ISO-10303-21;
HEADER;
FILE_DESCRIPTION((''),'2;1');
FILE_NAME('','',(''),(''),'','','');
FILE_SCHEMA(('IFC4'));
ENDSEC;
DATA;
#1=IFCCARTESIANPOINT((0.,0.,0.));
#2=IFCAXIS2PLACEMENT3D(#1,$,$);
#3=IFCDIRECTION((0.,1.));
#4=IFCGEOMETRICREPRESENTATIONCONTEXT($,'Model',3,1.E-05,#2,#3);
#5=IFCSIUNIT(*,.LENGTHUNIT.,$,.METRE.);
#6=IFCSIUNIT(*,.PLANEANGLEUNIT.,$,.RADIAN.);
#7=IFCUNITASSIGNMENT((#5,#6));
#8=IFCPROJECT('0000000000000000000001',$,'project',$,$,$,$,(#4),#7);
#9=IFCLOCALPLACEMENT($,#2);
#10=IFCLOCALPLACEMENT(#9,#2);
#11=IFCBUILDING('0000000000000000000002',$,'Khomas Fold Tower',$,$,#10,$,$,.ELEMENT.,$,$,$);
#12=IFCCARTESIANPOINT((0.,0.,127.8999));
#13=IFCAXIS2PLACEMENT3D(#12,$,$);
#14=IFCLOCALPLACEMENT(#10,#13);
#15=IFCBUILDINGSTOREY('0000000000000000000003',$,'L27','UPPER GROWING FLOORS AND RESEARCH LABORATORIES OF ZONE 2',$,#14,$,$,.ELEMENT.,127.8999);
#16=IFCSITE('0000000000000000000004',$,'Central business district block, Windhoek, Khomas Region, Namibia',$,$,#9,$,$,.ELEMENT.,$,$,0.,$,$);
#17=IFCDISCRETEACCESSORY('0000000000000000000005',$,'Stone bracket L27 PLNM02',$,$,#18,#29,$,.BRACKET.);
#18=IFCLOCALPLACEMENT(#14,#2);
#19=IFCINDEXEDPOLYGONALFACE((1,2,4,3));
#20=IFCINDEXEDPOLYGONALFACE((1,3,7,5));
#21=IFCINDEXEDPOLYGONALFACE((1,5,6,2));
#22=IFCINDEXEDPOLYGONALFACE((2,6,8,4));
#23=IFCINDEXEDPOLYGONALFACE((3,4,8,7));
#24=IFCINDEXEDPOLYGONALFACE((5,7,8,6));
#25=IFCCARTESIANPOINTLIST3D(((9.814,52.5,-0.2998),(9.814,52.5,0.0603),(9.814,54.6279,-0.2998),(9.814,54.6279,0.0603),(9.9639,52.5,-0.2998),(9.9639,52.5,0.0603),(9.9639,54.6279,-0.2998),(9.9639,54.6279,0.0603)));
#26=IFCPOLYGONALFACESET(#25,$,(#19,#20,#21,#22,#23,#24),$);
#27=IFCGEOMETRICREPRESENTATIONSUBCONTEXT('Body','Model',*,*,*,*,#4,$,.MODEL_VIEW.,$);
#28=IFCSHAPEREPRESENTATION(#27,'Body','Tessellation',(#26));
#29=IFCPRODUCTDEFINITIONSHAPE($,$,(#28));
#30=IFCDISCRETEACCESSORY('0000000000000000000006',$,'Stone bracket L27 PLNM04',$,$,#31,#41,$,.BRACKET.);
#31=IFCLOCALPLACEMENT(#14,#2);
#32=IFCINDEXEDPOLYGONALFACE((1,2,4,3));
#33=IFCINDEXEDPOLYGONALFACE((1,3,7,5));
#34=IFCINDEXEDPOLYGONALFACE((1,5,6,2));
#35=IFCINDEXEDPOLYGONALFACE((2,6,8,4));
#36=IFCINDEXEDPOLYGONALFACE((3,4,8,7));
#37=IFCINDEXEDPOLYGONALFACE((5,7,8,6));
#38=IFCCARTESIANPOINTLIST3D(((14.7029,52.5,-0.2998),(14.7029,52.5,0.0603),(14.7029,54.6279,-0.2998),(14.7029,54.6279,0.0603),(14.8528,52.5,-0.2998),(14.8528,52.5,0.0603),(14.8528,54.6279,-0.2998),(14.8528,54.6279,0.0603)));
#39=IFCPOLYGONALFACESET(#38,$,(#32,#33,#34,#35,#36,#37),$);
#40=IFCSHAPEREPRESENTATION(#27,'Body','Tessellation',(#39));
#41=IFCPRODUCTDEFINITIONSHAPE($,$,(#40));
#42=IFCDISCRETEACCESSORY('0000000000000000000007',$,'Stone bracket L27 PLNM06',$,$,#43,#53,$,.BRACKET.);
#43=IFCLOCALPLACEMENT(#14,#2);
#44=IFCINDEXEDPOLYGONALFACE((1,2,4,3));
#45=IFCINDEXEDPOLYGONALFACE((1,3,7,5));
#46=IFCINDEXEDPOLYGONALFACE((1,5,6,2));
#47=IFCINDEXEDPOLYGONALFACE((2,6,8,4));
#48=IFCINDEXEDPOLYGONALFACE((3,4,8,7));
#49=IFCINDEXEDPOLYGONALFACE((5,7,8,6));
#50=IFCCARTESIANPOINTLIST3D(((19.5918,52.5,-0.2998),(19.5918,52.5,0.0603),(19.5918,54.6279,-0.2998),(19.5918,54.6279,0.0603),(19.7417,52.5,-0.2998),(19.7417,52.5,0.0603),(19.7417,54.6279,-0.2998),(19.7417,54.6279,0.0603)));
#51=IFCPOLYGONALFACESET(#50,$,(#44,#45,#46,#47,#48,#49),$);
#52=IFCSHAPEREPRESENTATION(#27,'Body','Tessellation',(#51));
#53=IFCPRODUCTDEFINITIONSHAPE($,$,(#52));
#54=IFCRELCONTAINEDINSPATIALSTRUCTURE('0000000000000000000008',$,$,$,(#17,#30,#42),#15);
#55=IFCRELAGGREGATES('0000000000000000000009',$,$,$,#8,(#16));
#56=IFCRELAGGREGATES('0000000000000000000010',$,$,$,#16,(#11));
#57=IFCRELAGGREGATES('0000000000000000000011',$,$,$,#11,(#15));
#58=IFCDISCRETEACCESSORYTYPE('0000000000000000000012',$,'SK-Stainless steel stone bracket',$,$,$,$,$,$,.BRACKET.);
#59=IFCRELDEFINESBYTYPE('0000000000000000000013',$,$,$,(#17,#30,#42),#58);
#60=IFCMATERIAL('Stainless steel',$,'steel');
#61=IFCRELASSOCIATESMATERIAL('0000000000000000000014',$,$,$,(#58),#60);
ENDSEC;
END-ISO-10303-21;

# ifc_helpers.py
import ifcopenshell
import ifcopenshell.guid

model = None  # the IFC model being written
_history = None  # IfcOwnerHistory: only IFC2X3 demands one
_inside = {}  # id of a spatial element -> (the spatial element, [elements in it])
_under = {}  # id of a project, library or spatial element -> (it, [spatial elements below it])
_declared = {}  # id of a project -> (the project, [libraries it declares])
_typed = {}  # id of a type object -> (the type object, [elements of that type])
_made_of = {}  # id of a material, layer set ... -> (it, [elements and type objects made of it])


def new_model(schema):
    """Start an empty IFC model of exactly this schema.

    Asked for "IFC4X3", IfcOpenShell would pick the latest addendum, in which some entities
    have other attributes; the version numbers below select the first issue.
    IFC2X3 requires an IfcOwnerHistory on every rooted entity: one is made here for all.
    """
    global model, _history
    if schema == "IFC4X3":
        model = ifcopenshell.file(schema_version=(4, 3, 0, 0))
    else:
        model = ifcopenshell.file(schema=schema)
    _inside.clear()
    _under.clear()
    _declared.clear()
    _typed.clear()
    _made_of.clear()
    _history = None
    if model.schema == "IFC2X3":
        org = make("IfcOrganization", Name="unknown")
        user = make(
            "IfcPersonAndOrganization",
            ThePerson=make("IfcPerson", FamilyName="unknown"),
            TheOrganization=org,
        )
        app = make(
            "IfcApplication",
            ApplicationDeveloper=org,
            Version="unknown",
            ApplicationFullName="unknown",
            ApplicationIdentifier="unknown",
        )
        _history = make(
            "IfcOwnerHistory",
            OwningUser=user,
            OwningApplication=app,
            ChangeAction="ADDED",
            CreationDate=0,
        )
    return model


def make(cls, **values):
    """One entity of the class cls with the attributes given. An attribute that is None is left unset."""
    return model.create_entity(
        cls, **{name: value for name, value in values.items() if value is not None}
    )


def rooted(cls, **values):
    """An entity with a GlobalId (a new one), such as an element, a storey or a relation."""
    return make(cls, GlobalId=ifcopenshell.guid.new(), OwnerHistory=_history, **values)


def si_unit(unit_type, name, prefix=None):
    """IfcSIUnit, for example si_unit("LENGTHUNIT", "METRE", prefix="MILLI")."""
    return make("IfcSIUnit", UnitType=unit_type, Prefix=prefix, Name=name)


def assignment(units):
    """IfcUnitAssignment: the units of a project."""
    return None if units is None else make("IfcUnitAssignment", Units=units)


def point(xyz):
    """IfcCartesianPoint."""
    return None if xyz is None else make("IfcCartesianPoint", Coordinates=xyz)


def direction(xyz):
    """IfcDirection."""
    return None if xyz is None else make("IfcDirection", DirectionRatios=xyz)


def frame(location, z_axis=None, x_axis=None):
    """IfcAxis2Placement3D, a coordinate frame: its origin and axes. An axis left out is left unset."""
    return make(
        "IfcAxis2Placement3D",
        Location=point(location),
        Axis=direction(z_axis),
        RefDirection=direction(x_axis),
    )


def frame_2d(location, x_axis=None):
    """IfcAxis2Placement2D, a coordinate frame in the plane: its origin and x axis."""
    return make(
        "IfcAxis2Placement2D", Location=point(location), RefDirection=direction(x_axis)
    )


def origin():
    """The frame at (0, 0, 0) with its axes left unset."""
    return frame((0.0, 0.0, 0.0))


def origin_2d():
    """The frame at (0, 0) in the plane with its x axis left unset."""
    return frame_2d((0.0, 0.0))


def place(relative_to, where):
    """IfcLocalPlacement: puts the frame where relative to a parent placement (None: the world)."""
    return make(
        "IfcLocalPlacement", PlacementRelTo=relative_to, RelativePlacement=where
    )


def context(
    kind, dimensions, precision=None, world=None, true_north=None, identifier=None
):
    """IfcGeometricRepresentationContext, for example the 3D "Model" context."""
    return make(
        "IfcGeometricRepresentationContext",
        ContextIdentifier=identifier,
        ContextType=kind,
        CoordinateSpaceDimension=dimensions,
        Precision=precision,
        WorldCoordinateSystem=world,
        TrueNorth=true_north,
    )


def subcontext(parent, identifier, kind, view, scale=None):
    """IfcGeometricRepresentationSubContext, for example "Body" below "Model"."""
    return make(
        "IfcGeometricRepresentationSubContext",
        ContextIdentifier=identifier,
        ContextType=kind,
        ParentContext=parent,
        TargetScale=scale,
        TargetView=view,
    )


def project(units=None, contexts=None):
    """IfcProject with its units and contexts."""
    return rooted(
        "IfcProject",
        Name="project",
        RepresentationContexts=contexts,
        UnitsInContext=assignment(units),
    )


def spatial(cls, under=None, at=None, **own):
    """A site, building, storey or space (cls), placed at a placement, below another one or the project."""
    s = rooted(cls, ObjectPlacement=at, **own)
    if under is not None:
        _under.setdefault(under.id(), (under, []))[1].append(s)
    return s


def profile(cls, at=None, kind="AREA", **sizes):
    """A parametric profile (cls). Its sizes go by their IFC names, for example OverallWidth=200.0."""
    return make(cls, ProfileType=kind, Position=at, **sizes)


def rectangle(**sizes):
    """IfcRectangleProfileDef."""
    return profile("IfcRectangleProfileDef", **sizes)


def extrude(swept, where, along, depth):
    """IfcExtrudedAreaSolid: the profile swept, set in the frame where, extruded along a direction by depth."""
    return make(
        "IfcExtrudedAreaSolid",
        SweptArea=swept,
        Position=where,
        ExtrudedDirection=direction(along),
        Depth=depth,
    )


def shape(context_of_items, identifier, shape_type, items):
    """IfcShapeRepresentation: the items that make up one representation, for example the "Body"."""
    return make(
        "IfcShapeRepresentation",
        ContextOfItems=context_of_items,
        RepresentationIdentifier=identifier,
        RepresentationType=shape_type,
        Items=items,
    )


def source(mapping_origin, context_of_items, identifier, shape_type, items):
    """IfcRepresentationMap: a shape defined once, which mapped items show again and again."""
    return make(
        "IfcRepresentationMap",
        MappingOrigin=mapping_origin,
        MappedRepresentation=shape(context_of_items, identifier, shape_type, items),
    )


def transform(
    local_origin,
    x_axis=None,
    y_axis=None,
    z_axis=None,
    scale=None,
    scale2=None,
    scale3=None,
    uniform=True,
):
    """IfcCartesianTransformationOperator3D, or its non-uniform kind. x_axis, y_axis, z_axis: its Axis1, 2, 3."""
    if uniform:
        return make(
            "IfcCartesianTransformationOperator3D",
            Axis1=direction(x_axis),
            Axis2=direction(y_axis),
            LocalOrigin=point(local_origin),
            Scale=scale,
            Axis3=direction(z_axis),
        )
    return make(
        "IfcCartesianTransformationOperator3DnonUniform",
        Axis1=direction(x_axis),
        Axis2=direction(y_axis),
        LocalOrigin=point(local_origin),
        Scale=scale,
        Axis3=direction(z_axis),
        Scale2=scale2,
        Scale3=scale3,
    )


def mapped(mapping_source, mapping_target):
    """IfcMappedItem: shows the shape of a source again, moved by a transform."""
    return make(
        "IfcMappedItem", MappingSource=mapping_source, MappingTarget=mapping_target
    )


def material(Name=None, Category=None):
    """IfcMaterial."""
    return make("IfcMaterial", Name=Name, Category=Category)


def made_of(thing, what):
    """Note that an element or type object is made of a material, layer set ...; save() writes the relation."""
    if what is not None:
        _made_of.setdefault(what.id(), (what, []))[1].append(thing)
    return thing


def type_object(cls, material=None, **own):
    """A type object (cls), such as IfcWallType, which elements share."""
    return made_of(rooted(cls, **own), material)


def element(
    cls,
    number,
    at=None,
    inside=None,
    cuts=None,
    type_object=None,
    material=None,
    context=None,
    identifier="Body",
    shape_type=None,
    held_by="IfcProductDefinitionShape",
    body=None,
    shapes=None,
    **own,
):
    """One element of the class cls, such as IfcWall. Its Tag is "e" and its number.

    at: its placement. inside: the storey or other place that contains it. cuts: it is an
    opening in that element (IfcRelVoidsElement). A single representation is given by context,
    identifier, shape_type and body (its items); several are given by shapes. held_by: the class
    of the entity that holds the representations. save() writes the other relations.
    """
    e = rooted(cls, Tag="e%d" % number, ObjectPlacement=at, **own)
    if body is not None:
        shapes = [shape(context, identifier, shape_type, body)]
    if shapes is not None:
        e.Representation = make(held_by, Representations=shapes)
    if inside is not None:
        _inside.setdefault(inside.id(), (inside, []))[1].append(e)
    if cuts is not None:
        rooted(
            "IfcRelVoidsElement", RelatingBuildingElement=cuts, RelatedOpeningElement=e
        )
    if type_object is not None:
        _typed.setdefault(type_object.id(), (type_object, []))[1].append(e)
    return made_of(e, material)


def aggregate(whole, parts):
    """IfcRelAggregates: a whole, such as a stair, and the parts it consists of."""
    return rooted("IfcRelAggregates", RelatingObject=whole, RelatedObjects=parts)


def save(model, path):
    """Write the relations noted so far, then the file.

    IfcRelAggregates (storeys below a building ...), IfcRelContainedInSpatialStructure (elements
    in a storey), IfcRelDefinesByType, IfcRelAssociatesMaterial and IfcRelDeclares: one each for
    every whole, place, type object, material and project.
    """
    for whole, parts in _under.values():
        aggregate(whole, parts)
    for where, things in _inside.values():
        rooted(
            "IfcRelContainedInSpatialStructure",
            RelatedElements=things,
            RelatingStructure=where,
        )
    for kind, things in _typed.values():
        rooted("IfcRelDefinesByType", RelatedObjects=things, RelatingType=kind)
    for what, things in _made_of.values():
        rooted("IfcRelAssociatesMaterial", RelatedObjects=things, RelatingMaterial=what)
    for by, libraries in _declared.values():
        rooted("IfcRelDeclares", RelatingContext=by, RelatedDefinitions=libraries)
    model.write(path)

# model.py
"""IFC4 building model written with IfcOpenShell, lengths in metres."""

from ifc_helpers import new_model, si_unit, direction, frame, origin, origin_2d, place, context, subcontext, project, spatial, rectangle, extrude, source, transform, mapped, material, type_object, element, save


model = new_model("IFC4")

# Units and contexts
model_context = context("Model", 3, precision=1e-05, world=origin(), true_north=direction((0.0, 1.0)))
body_context = subcontext(model_context, "Body", "Model", "MODEL_VIEW")
ifc_project = project(units=[si_unit("LENGTHUNIT", "METRE"), si_unit("PLANEANGLEUNIT", "RADIAN")], contexts=[model_context])

# Site, building, storey
site_placement = place(None, origin())
site = spatial("IfcSite", under=ifc_project, at=site_placement, Name="Central business district block, Windhoek, Khomas Region, Namibia", CompositionType="ELEMENT", RefElevation=0.0)
building_placement = place(site_placement, origin())
building = spatial("IfcBuilding", under=site, at=building_placement, Name="Khomas Fold Tower", CompositionType="ELEMENT")
storey_placement = place(building_placement, frame((0.0, 0.0, 127.8999)))
storey = spatial("IfcBuildingStorey", under=building, at=storey_placement, Name="L27", Description="UPPER GROWING FLOORS AND RESEARCH LABORATORIES OF ZONE 2", CompositionType="ELEMENT", Elevation=127.8999)

# Discrete accessories
ifc_material_1 = material(Name="Stainless steel", Category="steel")
discrete_accessory_type = type_object("IfcDiscreteAccessoryType", Name="SK-Stainless steel stone bracket", PredefinedType="BRACKET", material=ifc_material_1)
shared_shape_1 = source(origin(), body_context, "Body", "SweptSolid", [
    extrude(rectangle(XDim=2.1279, YDim=0.1499, at=origin_2d()), origin(), (0.0, 0.0, 1.0), 0.3601),
])
for number, where, z_axis, x_axis, name in (
    (1, (9.8889, 53.564, -0.2998), (0.0, 0.0, 1.0), (0.0, 1.0, 0.0), "Stone bracket L27 PLNM02"),
    (2, (14.7778, 53.564, -0.2998), (0.0, 0.0, 1.0), (0.0, 1.0, 0.0), "Stone bracket L27 PLNM04"),
    (3, (19.6667, 53.564, -0.2998), (0.0, 0.0, 1.0), (0.0, 1.0, 0.0), "Stone bracket L27 PLNM06"),
):
    element("IfcDiscreteAccessory", number, at=place(storey_placement, frame(where, z_axis=z_axis, x_axis=x_axis)), inside=storey, type_object=discrete_accessory_type, Name=name, PredefinedType="BRACKET", context=body_context, shape_type="MappedRepresentation", body=[
        mapped(shared_shape_1, transform((0.0, 0.0, 0.0))),
    ])

save(model, "model.ifc")
